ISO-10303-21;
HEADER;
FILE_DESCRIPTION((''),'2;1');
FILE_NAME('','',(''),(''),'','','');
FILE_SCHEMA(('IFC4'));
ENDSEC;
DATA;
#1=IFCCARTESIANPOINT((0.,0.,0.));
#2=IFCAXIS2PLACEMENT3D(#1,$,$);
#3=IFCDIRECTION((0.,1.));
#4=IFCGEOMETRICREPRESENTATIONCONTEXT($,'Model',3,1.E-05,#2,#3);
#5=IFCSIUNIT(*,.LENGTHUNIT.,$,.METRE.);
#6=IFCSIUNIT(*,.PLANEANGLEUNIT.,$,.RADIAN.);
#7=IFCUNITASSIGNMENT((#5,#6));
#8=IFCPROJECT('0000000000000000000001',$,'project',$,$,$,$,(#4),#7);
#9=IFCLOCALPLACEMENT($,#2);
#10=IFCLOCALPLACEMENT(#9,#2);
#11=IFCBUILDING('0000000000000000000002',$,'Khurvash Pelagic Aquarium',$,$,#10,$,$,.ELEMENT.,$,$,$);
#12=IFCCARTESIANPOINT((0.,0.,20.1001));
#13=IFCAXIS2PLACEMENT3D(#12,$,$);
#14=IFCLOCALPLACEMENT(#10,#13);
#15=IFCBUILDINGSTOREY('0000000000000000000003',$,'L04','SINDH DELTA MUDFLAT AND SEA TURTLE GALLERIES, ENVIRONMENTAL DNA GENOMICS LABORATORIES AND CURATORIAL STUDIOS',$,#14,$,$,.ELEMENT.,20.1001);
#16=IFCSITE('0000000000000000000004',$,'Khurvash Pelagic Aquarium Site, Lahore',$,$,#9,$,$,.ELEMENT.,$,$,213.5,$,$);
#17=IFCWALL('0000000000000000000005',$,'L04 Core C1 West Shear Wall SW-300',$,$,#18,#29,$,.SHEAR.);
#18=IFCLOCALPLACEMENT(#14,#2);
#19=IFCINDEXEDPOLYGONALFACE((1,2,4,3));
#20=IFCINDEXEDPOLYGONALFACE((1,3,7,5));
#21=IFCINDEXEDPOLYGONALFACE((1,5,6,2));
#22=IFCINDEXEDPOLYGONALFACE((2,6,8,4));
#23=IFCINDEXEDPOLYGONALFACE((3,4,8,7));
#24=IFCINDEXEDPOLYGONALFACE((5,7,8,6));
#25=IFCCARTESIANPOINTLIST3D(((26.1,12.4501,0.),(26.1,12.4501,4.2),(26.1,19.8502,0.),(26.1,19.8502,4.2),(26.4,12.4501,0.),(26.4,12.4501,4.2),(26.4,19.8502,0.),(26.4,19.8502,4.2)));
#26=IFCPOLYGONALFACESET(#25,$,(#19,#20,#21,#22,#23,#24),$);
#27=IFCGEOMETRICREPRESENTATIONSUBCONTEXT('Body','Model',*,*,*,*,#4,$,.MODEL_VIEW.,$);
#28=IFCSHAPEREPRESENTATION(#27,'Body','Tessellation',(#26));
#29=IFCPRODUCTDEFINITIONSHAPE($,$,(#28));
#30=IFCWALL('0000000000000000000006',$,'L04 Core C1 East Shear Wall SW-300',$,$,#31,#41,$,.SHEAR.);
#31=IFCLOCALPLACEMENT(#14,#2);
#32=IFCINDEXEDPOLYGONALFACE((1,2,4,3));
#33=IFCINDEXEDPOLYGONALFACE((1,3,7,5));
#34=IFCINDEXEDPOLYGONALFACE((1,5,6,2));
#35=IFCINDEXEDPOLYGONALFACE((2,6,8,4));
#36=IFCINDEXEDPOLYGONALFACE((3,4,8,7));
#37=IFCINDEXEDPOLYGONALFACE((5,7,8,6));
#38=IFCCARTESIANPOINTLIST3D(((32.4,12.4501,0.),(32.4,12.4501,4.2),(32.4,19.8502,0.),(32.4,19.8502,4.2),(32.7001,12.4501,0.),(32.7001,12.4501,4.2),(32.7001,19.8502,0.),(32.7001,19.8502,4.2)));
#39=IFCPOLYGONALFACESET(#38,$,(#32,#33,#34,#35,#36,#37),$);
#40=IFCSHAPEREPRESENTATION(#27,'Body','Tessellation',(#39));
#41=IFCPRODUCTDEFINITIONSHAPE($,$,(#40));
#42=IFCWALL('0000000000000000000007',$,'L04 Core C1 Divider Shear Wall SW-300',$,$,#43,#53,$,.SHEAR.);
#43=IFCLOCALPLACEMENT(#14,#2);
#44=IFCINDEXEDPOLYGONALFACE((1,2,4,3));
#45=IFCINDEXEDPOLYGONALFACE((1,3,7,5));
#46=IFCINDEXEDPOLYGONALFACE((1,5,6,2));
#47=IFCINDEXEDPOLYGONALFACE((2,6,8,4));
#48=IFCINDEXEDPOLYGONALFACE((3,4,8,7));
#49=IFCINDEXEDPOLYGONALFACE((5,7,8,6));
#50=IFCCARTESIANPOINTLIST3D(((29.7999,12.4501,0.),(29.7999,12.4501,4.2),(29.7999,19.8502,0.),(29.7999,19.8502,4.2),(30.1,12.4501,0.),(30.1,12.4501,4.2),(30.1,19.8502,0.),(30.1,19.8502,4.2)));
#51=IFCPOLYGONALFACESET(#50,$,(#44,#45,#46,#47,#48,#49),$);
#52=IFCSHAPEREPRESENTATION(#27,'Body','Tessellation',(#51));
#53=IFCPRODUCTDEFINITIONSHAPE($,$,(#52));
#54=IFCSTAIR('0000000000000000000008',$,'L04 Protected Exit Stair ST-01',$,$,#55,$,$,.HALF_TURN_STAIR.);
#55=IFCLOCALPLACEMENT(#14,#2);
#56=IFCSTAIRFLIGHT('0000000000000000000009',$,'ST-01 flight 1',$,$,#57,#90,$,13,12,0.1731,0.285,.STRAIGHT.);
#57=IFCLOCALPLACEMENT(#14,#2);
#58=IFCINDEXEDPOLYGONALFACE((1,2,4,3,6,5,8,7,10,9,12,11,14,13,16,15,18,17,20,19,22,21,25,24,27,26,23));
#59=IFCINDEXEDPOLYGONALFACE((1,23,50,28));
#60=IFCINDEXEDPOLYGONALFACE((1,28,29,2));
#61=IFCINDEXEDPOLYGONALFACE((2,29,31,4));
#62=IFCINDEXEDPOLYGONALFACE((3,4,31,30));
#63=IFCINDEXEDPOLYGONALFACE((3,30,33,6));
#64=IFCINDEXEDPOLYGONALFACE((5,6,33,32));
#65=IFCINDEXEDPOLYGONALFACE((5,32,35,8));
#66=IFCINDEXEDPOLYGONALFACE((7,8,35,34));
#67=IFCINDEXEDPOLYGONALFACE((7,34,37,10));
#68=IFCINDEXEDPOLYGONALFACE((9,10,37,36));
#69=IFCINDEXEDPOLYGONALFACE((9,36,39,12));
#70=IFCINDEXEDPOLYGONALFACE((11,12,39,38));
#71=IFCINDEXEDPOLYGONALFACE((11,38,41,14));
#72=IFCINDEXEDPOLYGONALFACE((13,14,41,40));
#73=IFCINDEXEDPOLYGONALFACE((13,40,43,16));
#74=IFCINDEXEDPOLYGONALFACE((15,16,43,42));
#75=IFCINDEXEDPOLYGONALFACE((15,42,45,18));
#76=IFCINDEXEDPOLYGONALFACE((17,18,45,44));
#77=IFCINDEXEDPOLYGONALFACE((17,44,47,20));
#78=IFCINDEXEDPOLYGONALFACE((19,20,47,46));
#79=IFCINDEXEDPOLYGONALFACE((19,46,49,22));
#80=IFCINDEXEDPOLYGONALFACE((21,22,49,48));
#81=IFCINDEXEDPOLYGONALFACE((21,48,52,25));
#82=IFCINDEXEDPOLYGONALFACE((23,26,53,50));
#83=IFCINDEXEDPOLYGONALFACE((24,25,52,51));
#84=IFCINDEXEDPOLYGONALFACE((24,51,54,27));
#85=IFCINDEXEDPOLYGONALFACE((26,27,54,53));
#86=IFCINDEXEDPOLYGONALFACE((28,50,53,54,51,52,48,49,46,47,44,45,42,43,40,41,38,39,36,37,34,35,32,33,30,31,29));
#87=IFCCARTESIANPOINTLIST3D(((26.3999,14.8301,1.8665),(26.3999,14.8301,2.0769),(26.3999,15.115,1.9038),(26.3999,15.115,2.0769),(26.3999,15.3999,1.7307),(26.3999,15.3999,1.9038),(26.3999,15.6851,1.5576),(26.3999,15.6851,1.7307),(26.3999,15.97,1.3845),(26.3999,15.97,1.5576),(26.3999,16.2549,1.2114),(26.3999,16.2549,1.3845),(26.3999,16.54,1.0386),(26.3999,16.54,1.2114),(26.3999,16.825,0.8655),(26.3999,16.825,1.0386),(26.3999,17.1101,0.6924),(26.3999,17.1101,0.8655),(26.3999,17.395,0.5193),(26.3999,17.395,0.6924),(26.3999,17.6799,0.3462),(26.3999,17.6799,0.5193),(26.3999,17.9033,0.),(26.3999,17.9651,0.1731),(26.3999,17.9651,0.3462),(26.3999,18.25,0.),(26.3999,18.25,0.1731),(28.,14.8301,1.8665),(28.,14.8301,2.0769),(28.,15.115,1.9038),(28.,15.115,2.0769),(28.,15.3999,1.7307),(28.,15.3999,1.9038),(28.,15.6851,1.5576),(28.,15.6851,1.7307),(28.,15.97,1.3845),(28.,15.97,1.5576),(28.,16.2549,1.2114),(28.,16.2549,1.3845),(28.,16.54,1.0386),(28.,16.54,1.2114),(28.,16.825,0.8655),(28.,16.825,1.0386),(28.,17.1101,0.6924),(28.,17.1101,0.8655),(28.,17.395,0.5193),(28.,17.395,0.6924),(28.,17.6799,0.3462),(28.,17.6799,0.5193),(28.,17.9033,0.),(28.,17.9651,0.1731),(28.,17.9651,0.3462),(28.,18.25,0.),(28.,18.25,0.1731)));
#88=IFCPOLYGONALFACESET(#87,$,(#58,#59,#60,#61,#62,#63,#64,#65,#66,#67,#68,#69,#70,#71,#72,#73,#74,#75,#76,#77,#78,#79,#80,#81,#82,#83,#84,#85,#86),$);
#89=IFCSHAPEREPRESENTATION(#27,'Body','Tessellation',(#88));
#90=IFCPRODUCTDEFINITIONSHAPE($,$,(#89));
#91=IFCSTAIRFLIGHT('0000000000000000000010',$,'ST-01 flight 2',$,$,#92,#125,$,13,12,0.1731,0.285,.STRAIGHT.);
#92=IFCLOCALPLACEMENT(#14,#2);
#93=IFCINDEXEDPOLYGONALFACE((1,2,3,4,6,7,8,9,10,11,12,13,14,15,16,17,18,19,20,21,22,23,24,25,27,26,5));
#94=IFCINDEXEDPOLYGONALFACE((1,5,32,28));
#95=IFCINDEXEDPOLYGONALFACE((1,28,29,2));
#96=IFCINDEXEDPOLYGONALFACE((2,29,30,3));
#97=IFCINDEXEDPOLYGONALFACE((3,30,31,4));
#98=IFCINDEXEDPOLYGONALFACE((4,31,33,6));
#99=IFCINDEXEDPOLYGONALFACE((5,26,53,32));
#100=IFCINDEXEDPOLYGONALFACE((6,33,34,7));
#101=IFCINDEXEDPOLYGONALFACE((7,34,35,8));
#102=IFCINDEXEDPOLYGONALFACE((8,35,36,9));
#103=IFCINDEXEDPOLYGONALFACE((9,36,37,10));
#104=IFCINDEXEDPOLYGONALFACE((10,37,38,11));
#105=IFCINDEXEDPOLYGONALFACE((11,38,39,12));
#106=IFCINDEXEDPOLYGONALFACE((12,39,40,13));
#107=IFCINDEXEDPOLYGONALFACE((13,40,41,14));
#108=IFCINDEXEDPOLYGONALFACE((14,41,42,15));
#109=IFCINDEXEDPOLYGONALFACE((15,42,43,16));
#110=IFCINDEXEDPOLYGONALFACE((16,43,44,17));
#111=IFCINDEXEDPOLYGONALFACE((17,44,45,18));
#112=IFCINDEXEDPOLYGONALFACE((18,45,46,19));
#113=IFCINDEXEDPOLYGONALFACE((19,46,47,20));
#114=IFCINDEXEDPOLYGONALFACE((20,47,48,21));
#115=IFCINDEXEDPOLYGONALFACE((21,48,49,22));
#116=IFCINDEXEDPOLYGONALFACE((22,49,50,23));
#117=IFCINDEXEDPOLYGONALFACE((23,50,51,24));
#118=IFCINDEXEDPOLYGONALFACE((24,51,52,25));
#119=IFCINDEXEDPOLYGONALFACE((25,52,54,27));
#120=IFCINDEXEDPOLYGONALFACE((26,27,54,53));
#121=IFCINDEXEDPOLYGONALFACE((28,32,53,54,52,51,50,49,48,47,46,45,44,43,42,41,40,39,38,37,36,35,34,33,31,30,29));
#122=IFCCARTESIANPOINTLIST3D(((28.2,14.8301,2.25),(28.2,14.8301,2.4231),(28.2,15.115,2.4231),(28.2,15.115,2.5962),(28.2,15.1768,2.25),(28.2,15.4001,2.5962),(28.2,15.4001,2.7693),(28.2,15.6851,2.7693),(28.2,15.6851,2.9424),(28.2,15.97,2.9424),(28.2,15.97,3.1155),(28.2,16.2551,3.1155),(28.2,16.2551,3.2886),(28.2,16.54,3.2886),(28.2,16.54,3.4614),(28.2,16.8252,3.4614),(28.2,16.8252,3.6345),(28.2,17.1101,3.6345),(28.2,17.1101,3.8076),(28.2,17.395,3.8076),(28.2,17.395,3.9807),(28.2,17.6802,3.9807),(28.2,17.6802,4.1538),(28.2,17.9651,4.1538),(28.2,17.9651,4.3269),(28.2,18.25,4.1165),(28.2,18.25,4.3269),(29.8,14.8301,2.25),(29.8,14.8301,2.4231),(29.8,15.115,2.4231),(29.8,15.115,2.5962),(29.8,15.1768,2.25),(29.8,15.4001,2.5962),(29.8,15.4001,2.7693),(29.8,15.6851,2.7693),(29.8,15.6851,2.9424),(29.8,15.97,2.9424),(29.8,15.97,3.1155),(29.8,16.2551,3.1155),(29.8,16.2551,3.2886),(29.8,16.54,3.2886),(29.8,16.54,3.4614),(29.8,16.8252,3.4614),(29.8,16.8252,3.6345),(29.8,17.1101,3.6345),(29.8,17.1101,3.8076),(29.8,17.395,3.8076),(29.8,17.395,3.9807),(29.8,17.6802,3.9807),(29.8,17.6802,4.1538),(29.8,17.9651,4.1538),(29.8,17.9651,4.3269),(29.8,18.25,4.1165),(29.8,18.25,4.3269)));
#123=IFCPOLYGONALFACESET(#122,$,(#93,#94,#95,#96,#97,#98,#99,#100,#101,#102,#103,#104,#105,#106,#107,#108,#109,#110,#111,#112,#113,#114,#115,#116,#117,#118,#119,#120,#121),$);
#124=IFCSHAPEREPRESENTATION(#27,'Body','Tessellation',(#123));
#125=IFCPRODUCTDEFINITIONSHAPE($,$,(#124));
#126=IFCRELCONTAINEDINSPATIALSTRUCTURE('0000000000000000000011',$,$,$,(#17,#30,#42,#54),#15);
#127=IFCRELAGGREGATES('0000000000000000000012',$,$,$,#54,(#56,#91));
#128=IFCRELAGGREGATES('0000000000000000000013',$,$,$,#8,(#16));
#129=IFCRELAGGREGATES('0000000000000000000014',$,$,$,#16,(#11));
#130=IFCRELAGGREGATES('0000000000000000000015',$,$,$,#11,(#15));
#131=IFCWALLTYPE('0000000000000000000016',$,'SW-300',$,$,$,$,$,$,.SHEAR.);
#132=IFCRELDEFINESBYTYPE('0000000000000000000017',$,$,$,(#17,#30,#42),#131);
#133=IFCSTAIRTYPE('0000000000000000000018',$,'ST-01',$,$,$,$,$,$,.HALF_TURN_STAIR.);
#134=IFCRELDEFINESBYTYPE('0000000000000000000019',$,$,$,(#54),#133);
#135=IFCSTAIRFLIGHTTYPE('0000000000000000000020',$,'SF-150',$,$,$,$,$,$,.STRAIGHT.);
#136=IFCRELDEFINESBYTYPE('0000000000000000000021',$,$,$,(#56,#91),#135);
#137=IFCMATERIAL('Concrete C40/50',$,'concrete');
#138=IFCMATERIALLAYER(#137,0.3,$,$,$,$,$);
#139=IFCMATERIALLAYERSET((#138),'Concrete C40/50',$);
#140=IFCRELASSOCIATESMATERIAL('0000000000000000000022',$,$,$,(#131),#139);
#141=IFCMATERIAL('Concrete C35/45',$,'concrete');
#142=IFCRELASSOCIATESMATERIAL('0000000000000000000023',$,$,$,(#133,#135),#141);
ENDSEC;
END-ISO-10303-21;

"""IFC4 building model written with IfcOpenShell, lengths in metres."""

from ifc_helpers import new_model, si_unit, direction, frame, frame_2d, origin, place, context, subcontext, project, spatial, polyline, rectangle, outline, extrude, material, layer, layer_set, type_object, element, aggregate, save


model = new_model("IFC4")

# Units and contexts
model_context = context("Model", 3, precision=1e-05, world=origin(), true_north=direction((0.0, 1.0)))
body_context = subcontext(model_context, "Body", "Model", "MODEL_VIEW")
ifc_project = project(units=[si_unit("LENGTHUNIT", "METRE"), si_unit("PLANEANGLEUNIT", "RADIAN")], contexts=[model_context])

# Site, building, storey
site_placement = place(None, origin())
site = spatial("IfcSite", under=ifc_project, at=site_placement, Name="Khurvash Pelagic Aquarium Site, Lahore", CompositionType="ELEMENT", RefElevation=213.5)
building_placement = place(site_placement, origin())
building = spatial("IfcBuilding", under=site, at=building_placement, Name="Khurvash Pelagic Aquarium", CompositionType="ELEMENT")
storey_placement = place(building_placement, frame((0.0, 0.0, 20.1001)))
storey = spatial("IfcBuildingStorey", under=building, at=storey_placement, Name="L04", Description="SINDH DELTA MUDFLAT AND SEA TURTLE GALLERIES, ENVIRONMENTAL DNA GENOMICS LABORATORIES AND CURATORIAL STUDIOS", CompositionType="ELEMENT", Elevation=20.1001)

# Shared definitions
ifc_material_1 = material(Name="Concrete C40/50", Category="concrete")

# Shared definitions
ifc_material_2 = material(Name="Concrete C35/45", Category="concrete")

# Walls
ifc_layer_1 = layer(ifc_material_1, 0.3)
ifc_layer_set_1 = layer_set([ifc_layer_1], Name="Concrete C40/50")
wall_type_1 = type_object("IfcWallType", Name="SW-300", PredefinedType="SHEAR", material=ifc_layer_set_1)
for number, where, z_axis, x_axis, name in (
    (1, (26.25, 12.45, 0.0), (0.0, 0.0, 1.0), (0.0, 1.0, 0.0), "L04 Core C1 West Shear Wall SW-300"),
    (2, (32.55, 12.45, 0.0), (0.0, 0.0, 1.0), (0.0, 1.0, 0.0), "L04 Core C1 East Shear Wall SW-300"),
    (3, (29.95, 12.45, 0.0), (0.0, 0.0, 1.0), (0.0, 1.0, 0.0), "L04 Core C1 Divider Shear Wall SW-300"),
):
    element("IfcWall", number, at=place(storey_placement, frame(where, z_axis=z_axis, x_axis=x_axis)), inside=storey, type_object=wall_type_1, Name=name, PredefinedType="SHEAR", context=body_context, shape_type="SweptSolid", body=[
        extrude(rectangle(XDim=7.4001, YDim=0.3, at=frame_2d((3.7002, 0.0))), origin(), (0.0, 0.0, 1.0), 4.2),
    ])

# Stair, stair flights
stair_type = type_object("IfcStairType", Name="ST-01", PredefinedType="HALF_TURN_STAIR", material=ifc_material_2)
stair_placement = place(storey_placement, origin())
stair = element("IfcStair", 4, at=stair_placement, inside=storey, type_object=stair_type, Name="L04 Protected Exit Stair ST-01", PredefinedType="HALF_TURN_STAIR")
stair_flight_type = type_object("IfcStairFlightType", Name="SF-150", PredefinedType="STRAIGHT", material=ifc_material_2)
stair_flight_1_placement = place(storey_placement, frame((27.2, 18.25, 0.0), z_axis=(0.0, 0.0, 1.0), x_axis=(0.0, -1.0, 0.0)))
stair_flight_1 = element("IfcStairFlight", 5, at=stair_flight_1_placement, type_object=stair_flight_type, Name="ST-01 flight 1", NumberOfRisers=13, NumberOfTreads=12, PredefinedType="STRAIGHT", RiserHeight=0.1731, TreadLength=0.285, context=body_context, shape_type="SweptSolid", body=[
    extrude(outline(polyline([(0.0, 0.0), (0.0, 0.1731), (0.2849, 0.1731), (0.2849, 0.3462), (0.5701, 0.3462), (0.5701, 0.5193), (0.855, 0.5193), (0.855, 0.6924), (1.1399, 0.6924), (1.1399, 0.8655), (1.425, 0.8655), (1.425, 1.0386), (1.71, 1.0386), (1.71, 1.2114), (1.9951, 1.2114), (1.9951, 1.3845), (2.28, 1.3845), (2.28, 1.5576), (2.5649, 1.5576), (2.5649, 1.7307), (2.8501, 1.7307), (2.8501, 1.9038), (3.135, 1.9038), (3.135, 2.0769), (3.4199, 2.0769), (3.4199, 2.25), (3.4199, 1.8665), (0.3467, 0.0), (0.0, 0.0)])), frame((0.0, 0.8, 0.0), z_axis=(0.0, -1.0, 0.0), x_axis=(1.0, 0.0, 0.0)), (0.0, 0.0, 1.0), 1.6001),
])
stair_flight_2_placement = place(storey_placement, frame((29.0, 14.8301, 2.25), z_axis=(0.0, 0.0, 1.0), x_axis=(0.0, 1.0, 0.0)))
stair_flight_2 = element("IfcStairFlight", 6, at=stair_flight_2_placement, type_object=stair_flight_type, Name="ST-01 flight 2", NumberOfRisers=13, NumberOfTreads=12, PredefinedType="STRAIGHT", RiserHeight=0.1731, TreadLength=0.285, context=body_context, shape_type="SweptSolid", body=[
    extrude(outline(polyline([(0.0, 0.0), (0.0, 0.1731), (0.2849, 0.1731), (0.2849, 0.3462), (0.5701, 0.3462), (0.5701, 0.5193), (0.855, 0.5193), (0.855, 0.6924), (1.1399, 0.6924), (1.1399, 0.8655), (1.425, 0.8655), (1.425, 1.0386), (1.71, 1.0386), (1.71, 1.2114), (1.9951, 1.2114), (1.9951, 1.3845), (2.28, 1.3845), (2.28, 1.5576), (2.5649, 1.5576), (2.5649, 1.7307), (2.8501, 1.7307), (2.8501, 1.9038), (3.135, 1.9038), (3.135, 2.0769), (3.4199, 2.0769), (3.4199, 2.25), (3.4199, 1.8665), (0.3467, 0.0), (0.0, 0.0)])), frame((0.0, 0.8, 0.0), z_axis=(0.0, -1.0, 0.0), x_axis=(1.0, 0.0, 0.0)), (0.0, 0.0, 1.0), 1.6001),
])
aggregate(stair, [stair_flight_1, stair_flight_2])

save(model, "model.ifc")
